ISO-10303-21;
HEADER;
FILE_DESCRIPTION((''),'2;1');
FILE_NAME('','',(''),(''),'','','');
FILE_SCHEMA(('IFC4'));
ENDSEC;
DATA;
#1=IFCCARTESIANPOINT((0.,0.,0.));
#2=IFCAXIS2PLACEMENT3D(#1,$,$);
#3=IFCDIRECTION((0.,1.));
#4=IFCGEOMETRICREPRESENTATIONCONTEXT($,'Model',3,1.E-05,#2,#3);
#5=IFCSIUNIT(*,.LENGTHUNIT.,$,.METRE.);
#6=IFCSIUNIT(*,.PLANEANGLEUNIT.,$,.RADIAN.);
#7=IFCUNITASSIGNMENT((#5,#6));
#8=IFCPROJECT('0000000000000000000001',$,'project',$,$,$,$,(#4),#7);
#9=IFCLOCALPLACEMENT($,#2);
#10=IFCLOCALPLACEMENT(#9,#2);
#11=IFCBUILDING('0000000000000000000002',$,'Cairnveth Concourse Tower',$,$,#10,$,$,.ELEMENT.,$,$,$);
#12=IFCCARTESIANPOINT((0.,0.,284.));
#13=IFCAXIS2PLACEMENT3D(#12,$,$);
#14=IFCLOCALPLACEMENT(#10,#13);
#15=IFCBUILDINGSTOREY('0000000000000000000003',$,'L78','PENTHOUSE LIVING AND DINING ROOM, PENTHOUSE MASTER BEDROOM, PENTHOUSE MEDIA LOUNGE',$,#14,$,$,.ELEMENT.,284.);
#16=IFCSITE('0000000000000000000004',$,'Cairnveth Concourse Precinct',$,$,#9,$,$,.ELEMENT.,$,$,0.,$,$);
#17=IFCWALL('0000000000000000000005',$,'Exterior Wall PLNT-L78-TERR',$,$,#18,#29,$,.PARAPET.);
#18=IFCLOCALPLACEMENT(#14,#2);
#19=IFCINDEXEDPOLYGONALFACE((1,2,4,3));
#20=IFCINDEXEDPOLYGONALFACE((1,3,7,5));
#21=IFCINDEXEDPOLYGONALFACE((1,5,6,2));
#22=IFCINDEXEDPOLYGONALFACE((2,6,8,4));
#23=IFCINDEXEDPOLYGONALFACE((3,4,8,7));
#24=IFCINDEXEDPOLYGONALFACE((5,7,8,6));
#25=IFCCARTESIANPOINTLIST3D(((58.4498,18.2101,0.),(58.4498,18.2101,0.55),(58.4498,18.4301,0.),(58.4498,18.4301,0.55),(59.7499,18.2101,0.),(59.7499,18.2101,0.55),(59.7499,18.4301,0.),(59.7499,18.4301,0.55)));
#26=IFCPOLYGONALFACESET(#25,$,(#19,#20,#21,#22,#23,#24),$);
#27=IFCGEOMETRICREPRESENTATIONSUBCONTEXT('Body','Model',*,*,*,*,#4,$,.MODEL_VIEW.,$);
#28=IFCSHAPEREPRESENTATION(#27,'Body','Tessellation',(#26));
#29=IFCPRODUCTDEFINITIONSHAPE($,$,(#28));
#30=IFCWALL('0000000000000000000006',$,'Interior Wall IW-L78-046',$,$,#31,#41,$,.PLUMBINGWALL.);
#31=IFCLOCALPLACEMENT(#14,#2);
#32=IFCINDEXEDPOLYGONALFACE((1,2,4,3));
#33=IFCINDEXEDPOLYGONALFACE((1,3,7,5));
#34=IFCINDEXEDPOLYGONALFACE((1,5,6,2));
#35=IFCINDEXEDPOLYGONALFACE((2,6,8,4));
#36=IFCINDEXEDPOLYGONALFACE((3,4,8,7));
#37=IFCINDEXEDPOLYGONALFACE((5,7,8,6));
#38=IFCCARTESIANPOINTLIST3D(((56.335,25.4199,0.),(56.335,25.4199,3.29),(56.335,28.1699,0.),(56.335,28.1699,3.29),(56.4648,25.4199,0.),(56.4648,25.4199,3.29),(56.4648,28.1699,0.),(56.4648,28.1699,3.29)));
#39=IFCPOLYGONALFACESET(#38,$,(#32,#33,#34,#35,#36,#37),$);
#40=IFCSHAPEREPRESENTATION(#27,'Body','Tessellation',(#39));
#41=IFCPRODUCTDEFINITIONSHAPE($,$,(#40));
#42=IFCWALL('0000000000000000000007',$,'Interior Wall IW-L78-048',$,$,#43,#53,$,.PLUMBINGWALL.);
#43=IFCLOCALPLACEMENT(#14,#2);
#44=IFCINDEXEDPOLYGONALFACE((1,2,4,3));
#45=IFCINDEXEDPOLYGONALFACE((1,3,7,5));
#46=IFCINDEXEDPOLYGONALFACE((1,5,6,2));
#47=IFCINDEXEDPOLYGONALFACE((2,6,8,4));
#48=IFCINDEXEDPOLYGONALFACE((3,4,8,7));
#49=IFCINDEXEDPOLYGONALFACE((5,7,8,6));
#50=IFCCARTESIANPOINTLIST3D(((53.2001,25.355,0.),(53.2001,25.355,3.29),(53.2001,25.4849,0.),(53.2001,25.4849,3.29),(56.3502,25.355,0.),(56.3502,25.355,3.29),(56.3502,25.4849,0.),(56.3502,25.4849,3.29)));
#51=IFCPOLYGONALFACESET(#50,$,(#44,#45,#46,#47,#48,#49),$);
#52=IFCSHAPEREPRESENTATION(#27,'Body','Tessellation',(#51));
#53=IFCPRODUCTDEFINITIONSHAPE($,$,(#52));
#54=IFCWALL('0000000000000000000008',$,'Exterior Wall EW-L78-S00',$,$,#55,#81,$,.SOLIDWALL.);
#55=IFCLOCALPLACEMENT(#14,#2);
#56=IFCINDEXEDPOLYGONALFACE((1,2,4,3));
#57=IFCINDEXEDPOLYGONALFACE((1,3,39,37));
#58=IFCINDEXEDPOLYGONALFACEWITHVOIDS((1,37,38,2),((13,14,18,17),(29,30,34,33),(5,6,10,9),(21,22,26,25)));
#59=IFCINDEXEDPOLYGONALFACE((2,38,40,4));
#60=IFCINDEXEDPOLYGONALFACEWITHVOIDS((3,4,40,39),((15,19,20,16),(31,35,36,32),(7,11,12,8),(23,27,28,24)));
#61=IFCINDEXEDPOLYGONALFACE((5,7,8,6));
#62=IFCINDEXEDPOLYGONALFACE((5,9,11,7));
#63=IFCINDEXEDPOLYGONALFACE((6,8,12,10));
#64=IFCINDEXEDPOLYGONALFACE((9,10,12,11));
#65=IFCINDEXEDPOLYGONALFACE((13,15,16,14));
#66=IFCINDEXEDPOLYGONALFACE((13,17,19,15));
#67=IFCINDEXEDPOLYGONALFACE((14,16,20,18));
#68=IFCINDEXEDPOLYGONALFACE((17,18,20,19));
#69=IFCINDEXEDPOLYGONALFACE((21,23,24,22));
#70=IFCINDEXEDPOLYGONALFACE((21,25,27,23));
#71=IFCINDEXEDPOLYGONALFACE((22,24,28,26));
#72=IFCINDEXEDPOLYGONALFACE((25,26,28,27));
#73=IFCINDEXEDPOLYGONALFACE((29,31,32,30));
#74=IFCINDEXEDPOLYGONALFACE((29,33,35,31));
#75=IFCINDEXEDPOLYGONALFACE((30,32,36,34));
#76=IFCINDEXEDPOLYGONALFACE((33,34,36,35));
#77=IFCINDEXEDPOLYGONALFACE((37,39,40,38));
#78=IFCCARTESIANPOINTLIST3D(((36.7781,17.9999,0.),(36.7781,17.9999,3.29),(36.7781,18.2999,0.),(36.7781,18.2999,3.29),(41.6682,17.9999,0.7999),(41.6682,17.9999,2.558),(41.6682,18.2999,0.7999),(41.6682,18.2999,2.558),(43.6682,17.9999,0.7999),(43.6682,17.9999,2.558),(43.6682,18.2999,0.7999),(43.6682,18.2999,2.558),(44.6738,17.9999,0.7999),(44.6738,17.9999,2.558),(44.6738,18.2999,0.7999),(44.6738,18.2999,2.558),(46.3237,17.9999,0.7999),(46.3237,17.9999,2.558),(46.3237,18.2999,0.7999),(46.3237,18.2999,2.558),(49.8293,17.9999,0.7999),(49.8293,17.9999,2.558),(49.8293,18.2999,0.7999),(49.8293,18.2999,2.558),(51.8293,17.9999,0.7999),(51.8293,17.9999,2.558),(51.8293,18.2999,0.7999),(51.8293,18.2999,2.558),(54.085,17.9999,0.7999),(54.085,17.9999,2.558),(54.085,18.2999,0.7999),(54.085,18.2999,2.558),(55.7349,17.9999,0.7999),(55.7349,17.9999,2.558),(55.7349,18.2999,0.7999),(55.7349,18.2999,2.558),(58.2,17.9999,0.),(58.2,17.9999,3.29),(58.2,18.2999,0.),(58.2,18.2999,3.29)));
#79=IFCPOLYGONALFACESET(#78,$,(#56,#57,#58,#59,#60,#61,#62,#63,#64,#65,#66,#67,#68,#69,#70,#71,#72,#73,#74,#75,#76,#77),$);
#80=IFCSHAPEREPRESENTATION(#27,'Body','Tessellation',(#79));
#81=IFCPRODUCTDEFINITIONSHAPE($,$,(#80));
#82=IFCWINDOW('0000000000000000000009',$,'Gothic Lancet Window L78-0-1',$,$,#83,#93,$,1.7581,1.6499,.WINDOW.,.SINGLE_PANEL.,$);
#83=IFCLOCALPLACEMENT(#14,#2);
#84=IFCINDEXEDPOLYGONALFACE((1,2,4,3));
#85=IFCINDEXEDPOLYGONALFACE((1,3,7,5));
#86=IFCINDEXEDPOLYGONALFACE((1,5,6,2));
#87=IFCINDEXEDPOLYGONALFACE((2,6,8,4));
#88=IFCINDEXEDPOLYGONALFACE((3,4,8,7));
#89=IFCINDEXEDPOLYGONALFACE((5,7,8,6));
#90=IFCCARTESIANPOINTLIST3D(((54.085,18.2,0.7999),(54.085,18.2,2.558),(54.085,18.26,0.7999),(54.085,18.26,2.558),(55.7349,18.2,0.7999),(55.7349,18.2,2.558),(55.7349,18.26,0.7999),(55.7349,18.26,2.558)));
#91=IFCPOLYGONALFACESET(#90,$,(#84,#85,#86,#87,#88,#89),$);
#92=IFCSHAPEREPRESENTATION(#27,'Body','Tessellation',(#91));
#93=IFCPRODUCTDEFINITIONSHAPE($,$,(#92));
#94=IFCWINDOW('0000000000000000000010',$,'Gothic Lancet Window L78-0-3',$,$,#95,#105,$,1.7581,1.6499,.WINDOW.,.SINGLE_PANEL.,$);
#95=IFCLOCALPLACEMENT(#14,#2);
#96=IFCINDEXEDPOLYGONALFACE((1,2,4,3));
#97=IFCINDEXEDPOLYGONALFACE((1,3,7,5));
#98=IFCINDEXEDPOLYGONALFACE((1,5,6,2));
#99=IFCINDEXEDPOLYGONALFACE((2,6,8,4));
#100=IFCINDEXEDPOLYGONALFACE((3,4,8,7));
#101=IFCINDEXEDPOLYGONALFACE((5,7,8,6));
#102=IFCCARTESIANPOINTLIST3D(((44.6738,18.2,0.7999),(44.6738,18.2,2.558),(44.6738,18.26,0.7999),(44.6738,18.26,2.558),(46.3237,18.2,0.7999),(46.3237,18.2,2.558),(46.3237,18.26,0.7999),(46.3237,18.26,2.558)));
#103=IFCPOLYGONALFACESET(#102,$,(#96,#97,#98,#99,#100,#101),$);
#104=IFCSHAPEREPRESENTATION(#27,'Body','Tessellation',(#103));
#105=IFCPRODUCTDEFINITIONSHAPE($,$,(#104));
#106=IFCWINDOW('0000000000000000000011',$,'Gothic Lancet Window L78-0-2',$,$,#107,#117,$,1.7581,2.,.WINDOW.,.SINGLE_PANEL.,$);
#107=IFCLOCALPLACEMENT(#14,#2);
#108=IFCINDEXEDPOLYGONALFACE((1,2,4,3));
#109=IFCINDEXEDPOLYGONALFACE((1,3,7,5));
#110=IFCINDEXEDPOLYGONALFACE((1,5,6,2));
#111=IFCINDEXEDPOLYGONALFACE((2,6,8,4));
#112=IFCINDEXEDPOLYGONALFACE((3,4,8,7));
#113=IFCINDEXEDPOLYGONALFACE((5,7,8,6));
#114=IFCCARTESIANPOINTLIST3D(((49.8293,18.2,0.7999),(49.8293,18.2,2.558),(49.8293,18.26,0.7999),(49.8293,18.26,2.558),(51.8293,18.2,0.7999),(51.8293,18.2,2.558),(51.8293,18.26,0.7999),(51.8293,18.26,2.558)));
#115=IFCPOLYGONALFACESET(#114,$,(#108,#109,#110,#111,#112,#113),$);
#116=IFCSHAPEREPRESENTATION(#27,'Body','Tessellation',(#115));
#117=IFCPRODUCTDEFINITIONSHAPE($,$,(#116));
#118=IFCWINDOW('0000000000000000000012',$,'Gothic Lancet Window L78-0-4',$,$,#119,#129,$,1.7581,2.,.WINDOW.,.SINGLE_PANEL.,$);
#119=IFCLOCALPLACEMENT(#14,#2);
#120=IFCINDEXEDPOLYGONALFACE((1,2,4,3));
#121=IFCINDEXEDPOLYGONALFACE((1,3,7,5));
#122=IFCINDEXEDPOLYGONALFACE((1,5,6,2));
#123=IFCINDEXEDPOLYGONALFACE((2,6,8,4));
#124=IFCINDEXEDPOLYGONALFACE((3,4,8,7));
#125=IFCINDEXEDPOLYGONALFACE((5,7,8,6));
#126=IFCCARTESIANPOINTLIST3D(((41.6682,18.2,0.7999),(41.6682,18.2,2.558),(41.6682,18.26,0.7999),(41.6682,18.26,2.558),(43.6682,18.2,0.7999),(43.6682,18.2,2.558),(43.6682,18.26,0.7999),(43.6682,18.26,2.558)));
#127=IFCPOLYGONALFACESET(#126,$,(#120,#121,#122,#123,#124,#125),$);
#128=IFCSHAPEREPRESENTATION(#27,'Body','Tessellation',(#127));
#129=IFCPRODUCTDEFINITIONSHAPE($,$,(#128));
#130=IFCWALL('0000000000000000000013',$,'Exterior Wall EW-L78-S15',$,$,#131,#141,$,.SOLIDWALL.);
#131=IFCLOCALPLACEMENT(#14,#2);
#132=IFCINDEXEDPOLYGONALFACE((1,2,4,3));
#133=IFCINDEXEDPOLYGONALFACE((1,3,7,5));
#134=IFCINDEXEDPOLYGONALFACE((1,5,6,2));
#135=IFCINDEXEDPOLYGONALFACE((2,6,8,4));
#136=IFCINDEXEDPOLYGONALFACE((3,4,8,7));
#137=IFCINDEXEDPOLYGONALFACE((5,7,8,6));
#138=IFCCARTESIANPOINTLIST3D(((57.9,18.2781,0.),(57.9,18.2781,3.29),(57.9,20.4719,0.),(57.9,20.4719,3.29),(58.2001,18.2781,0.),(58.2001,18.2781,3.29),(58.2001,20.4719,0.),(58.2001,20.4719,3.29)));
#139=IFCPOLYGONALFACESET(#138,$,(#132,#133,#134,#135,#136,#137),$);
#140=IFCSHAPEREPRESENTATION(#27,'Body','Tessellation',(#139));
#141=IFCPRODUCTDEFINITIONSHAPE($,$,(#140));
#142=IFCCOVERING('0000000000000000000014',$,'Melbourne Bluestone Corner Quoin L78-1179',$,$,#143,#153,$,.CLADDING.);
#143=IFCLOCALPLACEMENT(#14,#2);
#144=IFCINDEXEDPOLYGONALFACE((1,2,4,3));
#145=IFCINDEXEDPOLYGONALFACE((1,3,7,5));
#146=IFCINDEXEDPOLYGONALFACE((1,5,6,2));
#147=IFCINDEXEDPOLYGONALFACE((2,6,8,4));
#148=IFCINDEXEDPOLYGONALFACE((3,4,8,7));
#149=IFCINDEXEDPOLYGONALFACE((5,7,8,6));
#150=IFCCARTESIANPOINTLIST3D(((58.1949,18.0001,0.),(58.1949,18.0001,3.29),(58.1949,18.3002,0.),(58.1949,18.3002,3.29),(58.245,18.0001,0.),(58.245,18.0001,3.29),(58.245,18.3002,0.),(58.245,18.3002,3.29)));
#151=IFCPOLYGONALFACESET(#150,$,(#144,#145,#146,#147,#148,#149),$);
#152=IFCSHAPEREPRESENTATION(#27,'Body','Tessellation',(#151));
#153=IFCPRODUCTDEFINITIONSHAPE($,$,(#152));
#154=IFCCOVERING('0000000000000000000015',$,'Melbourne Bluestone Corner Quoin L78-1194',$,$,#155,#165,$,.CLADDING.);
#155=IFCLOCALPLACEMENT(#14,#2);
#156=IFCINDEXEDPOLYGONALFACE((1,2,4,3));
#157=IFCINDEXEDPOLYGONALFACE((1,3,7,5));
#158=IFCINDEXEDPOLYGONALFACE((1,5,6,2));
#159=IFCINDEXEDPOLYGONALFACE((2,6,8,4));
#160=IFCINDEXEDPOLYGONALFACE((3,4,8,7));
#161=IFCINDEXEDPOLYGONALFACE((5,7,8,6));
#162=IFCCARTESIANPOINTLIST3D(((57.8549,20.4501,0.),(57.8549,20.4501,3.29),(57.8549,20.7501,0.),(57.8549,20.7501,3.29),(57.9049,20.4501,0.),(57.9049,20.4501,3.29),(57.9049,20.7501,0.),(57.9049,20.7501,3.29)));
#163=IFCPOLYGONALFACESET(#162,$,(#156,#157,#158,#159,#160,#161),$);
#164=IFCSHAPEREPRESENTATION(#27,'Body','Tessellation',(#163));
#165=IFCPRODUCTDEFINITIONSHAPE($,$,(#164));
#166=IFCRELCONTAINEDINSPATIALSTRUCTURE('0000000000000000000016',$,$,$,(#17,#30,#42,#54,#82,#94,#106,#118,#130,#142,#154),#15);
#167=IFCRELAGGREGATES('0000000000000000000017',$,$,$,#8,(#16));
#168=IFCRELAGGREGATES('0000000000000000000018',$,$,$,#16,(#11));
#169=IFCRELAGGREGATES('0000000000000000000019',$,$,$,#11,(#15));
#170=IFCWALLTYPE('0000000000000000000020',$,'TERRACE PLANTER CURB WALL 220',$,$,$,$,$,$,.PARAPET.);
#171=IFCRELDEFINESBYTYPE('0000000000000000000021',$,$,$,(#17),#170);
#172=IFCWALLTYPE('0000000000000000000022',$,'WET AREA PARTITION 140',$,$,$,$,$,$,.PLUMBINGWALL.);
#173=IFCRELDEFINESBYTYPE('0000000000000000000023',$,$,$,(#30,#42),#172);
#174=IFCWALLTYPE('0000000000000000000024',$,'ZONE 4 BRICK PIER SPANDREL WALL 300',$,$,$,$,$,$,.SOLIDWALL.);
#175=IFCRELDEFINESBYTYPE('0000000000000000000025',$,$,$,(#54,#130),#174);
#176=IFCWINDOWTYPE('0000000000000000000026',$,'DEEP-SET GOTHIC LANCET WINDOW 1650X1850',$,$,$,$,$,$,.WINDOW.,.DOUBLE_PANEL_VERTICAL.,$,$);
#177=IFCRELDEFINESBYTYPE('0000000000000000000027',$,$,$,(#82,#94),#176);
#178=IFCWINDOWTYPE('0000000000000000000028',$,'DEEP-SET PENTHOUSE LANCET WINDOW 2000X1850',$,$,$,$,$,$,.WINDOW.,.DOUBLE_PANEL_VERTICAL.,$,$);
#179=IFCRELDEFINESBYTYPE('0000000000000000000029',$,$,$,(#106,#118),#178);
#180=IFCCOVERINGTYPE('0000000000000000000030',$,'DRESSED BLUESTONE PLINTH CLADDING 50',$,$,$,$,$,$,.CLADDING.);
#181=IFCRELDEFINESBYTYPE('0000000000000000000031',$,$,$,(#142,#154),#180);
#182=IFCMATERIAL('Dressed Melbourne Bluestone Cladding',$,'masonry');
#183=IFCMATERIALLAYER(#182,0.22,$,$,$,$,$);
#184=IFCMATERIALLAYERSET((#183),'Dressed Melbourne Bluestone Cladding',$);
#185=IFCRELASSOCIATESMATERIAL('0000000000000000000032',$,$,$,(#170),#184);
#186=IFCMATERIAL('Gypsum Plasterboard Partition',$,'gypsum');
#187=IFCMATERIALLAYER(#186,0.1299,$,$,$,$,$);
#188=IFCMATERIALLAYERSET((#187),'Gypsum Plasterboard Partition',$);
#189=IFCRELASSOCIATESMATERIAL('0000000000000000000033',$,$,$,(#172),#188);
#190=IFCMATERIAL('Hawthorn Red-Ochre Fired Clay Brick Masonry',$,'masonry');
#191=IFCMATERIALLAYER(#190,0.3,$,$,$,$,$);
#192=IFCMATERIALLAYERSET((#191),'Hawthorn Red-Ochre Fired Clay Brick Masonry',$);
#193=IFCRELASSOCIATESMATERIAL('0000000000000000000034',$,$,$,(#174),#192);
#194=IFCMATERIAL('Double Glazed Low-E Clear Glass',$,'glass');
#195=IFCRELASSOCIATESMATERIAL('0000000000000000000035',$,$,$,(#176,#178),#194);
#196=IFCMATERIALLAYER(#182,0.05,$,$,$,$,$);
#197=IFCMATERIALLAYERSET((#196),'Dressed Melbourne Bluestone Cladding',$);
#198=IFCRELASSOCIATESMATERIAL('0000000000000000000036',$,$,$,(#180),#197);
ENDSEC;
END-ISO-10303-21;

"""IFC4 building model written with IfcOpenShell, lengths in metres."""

from ifc_helpers import new_model, si_unit, direction, frame, frame_2d, origin, place, context, subcontext, project, spatial, rectangle, extrude, material, layer, layer_set, type_object, element, fill, save


model = new_model("IFC4")

# Units and contexts
model_context = context("Model", 3, precision=1e-05, world=origin(), true_north=direction((0.0, 1.0)))
body_context = subcontext(model_context, "Body", "Model", "MODEL_VIEW")
ifc_project = project(units=[si_unit("LENGTHUNIT", "METRE"), si_unit("PLANEANGLEUNIT", "RADIAN")], contexts=[model_context])

# Site, building, storey
site_placement = place(None, origin())
site = spatial("IfcSite", under=ifc_project, at=site_placement, Name="Cairnveth Concourse Precinct", CompositionType="ELEMENT", RefElevation=0.0)
building_placement = place(site_placement, origin())
building = spatial("IfcBuilding", under=site, at=building_placement, Name="Cairnveth Concourse Tower", CompositionType="ELEMENT")
storey_placement = place(building_placement, frame((0.0, 0.0, 284.0)))
storey = spatial("IfcBuildingStorey", under=building, at=storey_placement, Name="L78", Description="PENTHOUSE LIVING AND DINING ROOM, PENTHOUSE MASTER BEDROOM, PENTHOUSE MEDIA LOUNGE", CompositionType="ELEMENT", Elevation=284.0)

# Shared definitions
ifc_material_1 = material(Name="Gypsum Plasterboard Partition", Category="gypsum")

# Walls
ifc_material_2 = material(Name="Dressed Melbourne Bluestone Cladding", Category="masonry")
ifc_layer_1 = layer(ifc_material_2, 0.22)
ifc_layer_set_1 = layer_set([ifc_layer_1], Name="Dressed Melbourne Bluestone Cladding")
wall_type_1 = type_object("IfcWallType", Name="TERRACE PLANTER CURB WALL 220", PredefinedType="PARAPET", material=ifc_layer_set_1)
wall_1_placement = place(storey_placement, frame((58.45, 18.3201, 0.0), z_axis=(0.0, 0.0, 1.0), x_axis=(1.0, 0.0, 0.0)))
element("IfcWall", 1, at=wall_1_placement, inside=storey, type_object=wall_type_1, Name="Exterior Wall PLNT-L78-TERR", PredefinedType="PARAPET", context=body_context, shape_type="SweptSolid", body=[
    extrude(rectangle(XDim=1.3, YDim=0.22, at=frame_2d((0.6499, 0.0))), origin(), (0.0, 0.0, 1.0), 0.55),
])
ifc_layer_2 = layer(ifc_material_1, 0.1299)
ifc_layer_set_2 = layer_set([ifc_layer_2], Name="Gypsum Plasterboard Partition")
wall_type_2 = type_object("IfcWallType", Name="WET AREA PARTITION 140", PredefinedType="PLUMBINGWALL", material=ifc_layer_set_2)
wall_2_placement = place(storey_placement, frame((56.3999, 25.4199, 0.0), z_axis=(0.0, 0.0, 1.0), x_axis=(0.0, 1.0, 0.0)))
element("IfcWall", 2, at=wall_2_placement, inside=storey, type_object=wall_type_2, Name="Interior Wall IW-L78-046", PredefinedType="PLUMBINGWALL", context=body_context, shape_type="SweptSolid", body=[
    extrude(rectangle(XDim=2.75, YDim=0.1299, at=frame_2d((1.375, 0.0))), origin(), (0.0, 0.0, 1.0), 3.29),
])
wall_3_placement = place(storey_placement, frame((53.2, 25.4199, 0.0), z_axis=(0.0, 0.0, 1.0), x_axis=(1.0, 0.0, 0.0)))
element("IfcWall", 3, at=wall_3_placement, inside=storey, type_object=wall_type_2, Name="Interior Wall IW-L78-048", PredefinedType="PLUMBINGWALL", context=body_context, shape_type="SweptSolid", body=[
    extrude(rectangle(XDim=3.1501, YDim=0.1299, at=frame_2d((1.5752, 0.0))), origin(), (0.0, 0.0, 1.0), 3.29),
])

# Wall, openings, windows
ifc_material_3 = material(Name="Hawthorn Red-Ochre Fired Clay Brick Masonry", Category="masonry")
ifc_layer_3 = layer(ifc_material_3, 0.3)
ifc_layer_set_3 = layer_set([ifc_layer_3], Name="Hawthorn Red-Ochre Fired Clay Brick Masonry")
wall_type_3 = type_object("IfcWallType", Name="ZONE 4 BRICK PIER SPANDREL WALL 300", PredefinedType="SOLIDWALL", material=ifc_layer_set_3)
wall_4_placement = place(storey_placement, frame((58.2, 18.1499, 0.0), z_axis=(0.0, 0.0, 1.0), x_axis=(-1.0, 0.0, 0.0)))
wall_4 = element("IfcWall", 4, at=wall_4_placement, inside=storey, type_object=wall_type_3, Name="Exterior Wall EW-L78-S00", PredefinedType="SOLIDWALL", context=body_context, shape_type="SweptSolid", body=[
    extrude(rectangle(XDim=21.4219, YDim=0.3, at=frame_2d((10.7109, 0.0))), origin(), (0.0, 0.0, 1.0), 3.29),
])
opening_1_placement = place(wall_4_placement, frame((2.4651, 0.0, 0.8)))
opening_1 = element("IfcOpeningElement", 5, at=opening_1_placement, cuts=wall_4, PredefinedType="OPENING", context=body_context, shape_type="SweptSolid", body=[
    extrude(rectangle(XDim=1.6499, YDim=1.7581, at=frame_2d((0.825, 0.8789))), frame((0.0, 0.1599, 0.0), z_axis=(0.0, -1.0, 0.0), x_axis=(1.0, 0.0, 0.0)), (0.0, 0.0, 1.0), 0.3201),
])
opening_2_placement = place(wall_4_placement, frame((6.3706, 0.0, 0.8)))
opening_2 = element("IfcOpeningElement", 6, at=opening_2_placement, cuts=wall_4, PredefinedType="OPENING", context=body_context, shape_type="SweptSolid", body=[
    extrude(rectangle(XDim=2.0, YDim=1.7581, at=frame_2d((1.0, 0.8789))), frame((0.0, 0.1599, 0.0), z_axis=(0.0, -1.0, 0.0), x_axis=(1.0, 0.0, 0.0)), (0.0, 0.0, 1.0), 0.3201),
])
opening_3_placement = place(wall_4_placement, frame((11.8762, 0.0, 0.8)))
opening_3 = element("IfcOpeningElement", 7, at=opening_3_placement, cuts=wall_4, PredefinedType="OPENING", context=body_context, shape_type="SweptSolid", body=[
    extrude(rectangle(XDim=1.6499, YDim=1.7581, at=frame_2d((0.825, 0.8789))), frame((0.0, 0.1599, 0.0), z_axis=(0.0, -1.0, 0.0), x_axis=(1.0, 0.0, 0.0)), (0.0, 0.0, 1.0), 0.3201),
])
opening_4_placement = place(wall_4_placement, frame((14.5317, 0.0, 0.8)))
opening_4 = element("IfcOpeningElement", 8, at=opening_4_placement, cuts=wall_4, PredefinedType="OPENING", context=body_context, shape_type="SweptSolid", body=[
    extrude(rectangle(XDim=2.0, YDim=1.7581, at=frame_2d((1.0, 0.8789))), frame((0.0, 0.1599, 0.0), z_axis=(0.0, -1.0, 0.0), x_axis=(1.0, 0.0, 0.0)), (0.0, 0.0, 1.0), 0.3201),
])
ifc_material_4 = material(Name="Double Glazed Low-E Clear Glass", Category="glass")
window_type_1 = type_object("IfcWindowType", Name="DEEP-SET GOTHIC LANCET WINDOW 1650X1850", PartitioningType="DOUBLE_PANEL_VERTICAL", PredefinedType="WINDOW", material=ifc_material_4)
window_1_placement = place(opening_1_placement, origin())
window_1 = element("IfcWindow", 9, at=window_1_placement, inside=storey, type_object=window_type_1, Name="Gothic Lancet Window L78-0-1", OverallHeight=1.7581, OverallWidth=1.6499, PartitioningType="SINGLE_PANEL", PredefinedType="WINDOW", context=body_context, shape_type="SweptSolid", body=[
    extrude(rectangle(XDim=1.6499, YDim=1.7581, at=frame_2d((0.825, 0.8789))), frame((0.0, -0.05, 0.0), z_axis=(0.0, -1.0, 0.0), x_axis=(1.0, 0.0, 0.0)), (0.0, 0.0, 1.0), 0.0601),
])
fill(opening_1, window_1)
window_2_placement = place(opening_3_placement, origin())
window_2 = element("IfcWindow", 10, at=window_2_placement, inside=storey, type_object=window_type_1, Name="Gothic Lancet Window L78-0-3", OverallHeight=1.7581, OverallWidth=1.6499, PartitioningType="SINGLE_PANEL", PredefinedType="WINDOW", context=body_context, shape_type="SweptSolid", body=[
    extrude(rectangle(XDim=1.6499, YDim=1.7581, at=frame_2d((0.825, 0.8789))), frame((0.0, -0.05, 0.0), z_axis=(0.0, -1.0, 0.0), x_axis=(1.0, 0.0, 0.0)), (0.0, 0.0, 1.0), 0.0601),
])
fill(opening_3, window_2)
window_type_2 = type_object("IfcWindowType", Name="DEEP-SET PENTHOUSE LANCET WINDOW 2000X1850", PartitioningType="DOUBLE_PANEL_VERTICAL", PredefinedType="WINDOW", material=ifc_material_4)
window_3_placement = place(opening_2_placement, origin())
window_3 = element("IfcWindow", 11, at=window_3_placement, inside=storey, type_object=window_type_2, Name="Gothic Lancet Window L78-0-2", OverallHeight=1.7581, OverallWidth=2.0, PartitioningType="SINGLE_PANEL", PredefinedType="WINDOW", context=body_context, shape_type="SweptSolid", body=[
    extrude(rectangle(XDim=2.0, YDim=1.7581, at=frame_2d((1.0, 0.8789))), frame((0.0, -0.05, 0.0), z_axis=(0.0, -1.0, 0.0), x_axis=(1.0, 0.0, 0.0)), (0.0, 0.0, 1.0), 0.0601),
])
fill(opening_2, window_3)
window_4_placement = place(opening_4_placement, origin())
window_4 = element("IfcWindow", 12, at=window_4_placement, inside=storey, type_object=window_type_2, Name="Gothic Lancet Window L78-0-4", OverallHeight=1.7581, OverallWidth=2.0, PartitioningType="SINGLE_PANEL", PredefinedType="WINDOW", context=body_context, shape_type="SweptSolid", body=[
    extrude(rectangle(XDim=2.0, YDim=1.7581, at=frame_2d((1.0, 0.8789))), frame((0.0, -0.05, 0.0), z_axis=(0.0, -1.0, 0.0), x_axis=(1.0, 0.0, 0.0)), (0.0, 0.0, 1.0), 0.0601),
])
fill(opening_4, window_4)

# Wall
wall_5_placement = place(storey_placement, frame((58.05, 20.4719, 0.0), z_axis=(0.0, 0.0, 1.0), x_axis=(0.0, -1.0, 0.0)))
element("IfcWall", 13, at=wall_5_placement, inside=storey, type_object=wall_type_3, Name="Exterior Wall EW-L78-S15", PredefinedType="SOLIDWALL", context=body_context, shape_type="SweptSolid", body=[
    extrude(rectangle(XDim=2.1938, YDim=0.3, at=frame_2d((1.0969, 0.0))), origin(), (0.0, 0.0, 1.0), 3.29),
])

# Coverings
ifc_layer_4 = layer(ifc_material_2, 0.05)
ifc_layer_set_4 = layer_set([ifc_layer_4], Name="Dressed Melbourne Bluestone Cladding")
covering_type = type_object("IfcCoveringType", Name="DRESSED BLUESTONE PLINTH CLADDING 50", PredefinedType="CLADDING", material=ifc_layer_set_4)
for number, where, z_axis, x_axis, name in (
    (14, (58.22, 18.3, 0.0), (0.0, 0.0, 1.0), (0.0, -1.0, 0.0), "Melbourne Bluestone Corner Quoin L78-1179"),
    (15, (57.8799, 20.75, 0.0), (0.0, 0.0, 1.0), (0.0, -1.0, 0.0), "Melbourne Bluestone Corner Quoin L78-1194"),
):
    element("IfcCovering", number, at=place(storey_placement, frame(where, z_axis=z_axis, x_axis=x_axis)), inside=storey, type_object=covering_type, Name=name, PredefinedType="CLADDING", context=body_context, shape_type="SweptSolid", body=[
        extrude(rectangle(XDim=0.3, YDim=0.05, at=frame_2d((0.1499, 0.0))), origin(), (0.0, 0.0, 1.0), 3.29),
    ])

save(model, "model.ifc")
